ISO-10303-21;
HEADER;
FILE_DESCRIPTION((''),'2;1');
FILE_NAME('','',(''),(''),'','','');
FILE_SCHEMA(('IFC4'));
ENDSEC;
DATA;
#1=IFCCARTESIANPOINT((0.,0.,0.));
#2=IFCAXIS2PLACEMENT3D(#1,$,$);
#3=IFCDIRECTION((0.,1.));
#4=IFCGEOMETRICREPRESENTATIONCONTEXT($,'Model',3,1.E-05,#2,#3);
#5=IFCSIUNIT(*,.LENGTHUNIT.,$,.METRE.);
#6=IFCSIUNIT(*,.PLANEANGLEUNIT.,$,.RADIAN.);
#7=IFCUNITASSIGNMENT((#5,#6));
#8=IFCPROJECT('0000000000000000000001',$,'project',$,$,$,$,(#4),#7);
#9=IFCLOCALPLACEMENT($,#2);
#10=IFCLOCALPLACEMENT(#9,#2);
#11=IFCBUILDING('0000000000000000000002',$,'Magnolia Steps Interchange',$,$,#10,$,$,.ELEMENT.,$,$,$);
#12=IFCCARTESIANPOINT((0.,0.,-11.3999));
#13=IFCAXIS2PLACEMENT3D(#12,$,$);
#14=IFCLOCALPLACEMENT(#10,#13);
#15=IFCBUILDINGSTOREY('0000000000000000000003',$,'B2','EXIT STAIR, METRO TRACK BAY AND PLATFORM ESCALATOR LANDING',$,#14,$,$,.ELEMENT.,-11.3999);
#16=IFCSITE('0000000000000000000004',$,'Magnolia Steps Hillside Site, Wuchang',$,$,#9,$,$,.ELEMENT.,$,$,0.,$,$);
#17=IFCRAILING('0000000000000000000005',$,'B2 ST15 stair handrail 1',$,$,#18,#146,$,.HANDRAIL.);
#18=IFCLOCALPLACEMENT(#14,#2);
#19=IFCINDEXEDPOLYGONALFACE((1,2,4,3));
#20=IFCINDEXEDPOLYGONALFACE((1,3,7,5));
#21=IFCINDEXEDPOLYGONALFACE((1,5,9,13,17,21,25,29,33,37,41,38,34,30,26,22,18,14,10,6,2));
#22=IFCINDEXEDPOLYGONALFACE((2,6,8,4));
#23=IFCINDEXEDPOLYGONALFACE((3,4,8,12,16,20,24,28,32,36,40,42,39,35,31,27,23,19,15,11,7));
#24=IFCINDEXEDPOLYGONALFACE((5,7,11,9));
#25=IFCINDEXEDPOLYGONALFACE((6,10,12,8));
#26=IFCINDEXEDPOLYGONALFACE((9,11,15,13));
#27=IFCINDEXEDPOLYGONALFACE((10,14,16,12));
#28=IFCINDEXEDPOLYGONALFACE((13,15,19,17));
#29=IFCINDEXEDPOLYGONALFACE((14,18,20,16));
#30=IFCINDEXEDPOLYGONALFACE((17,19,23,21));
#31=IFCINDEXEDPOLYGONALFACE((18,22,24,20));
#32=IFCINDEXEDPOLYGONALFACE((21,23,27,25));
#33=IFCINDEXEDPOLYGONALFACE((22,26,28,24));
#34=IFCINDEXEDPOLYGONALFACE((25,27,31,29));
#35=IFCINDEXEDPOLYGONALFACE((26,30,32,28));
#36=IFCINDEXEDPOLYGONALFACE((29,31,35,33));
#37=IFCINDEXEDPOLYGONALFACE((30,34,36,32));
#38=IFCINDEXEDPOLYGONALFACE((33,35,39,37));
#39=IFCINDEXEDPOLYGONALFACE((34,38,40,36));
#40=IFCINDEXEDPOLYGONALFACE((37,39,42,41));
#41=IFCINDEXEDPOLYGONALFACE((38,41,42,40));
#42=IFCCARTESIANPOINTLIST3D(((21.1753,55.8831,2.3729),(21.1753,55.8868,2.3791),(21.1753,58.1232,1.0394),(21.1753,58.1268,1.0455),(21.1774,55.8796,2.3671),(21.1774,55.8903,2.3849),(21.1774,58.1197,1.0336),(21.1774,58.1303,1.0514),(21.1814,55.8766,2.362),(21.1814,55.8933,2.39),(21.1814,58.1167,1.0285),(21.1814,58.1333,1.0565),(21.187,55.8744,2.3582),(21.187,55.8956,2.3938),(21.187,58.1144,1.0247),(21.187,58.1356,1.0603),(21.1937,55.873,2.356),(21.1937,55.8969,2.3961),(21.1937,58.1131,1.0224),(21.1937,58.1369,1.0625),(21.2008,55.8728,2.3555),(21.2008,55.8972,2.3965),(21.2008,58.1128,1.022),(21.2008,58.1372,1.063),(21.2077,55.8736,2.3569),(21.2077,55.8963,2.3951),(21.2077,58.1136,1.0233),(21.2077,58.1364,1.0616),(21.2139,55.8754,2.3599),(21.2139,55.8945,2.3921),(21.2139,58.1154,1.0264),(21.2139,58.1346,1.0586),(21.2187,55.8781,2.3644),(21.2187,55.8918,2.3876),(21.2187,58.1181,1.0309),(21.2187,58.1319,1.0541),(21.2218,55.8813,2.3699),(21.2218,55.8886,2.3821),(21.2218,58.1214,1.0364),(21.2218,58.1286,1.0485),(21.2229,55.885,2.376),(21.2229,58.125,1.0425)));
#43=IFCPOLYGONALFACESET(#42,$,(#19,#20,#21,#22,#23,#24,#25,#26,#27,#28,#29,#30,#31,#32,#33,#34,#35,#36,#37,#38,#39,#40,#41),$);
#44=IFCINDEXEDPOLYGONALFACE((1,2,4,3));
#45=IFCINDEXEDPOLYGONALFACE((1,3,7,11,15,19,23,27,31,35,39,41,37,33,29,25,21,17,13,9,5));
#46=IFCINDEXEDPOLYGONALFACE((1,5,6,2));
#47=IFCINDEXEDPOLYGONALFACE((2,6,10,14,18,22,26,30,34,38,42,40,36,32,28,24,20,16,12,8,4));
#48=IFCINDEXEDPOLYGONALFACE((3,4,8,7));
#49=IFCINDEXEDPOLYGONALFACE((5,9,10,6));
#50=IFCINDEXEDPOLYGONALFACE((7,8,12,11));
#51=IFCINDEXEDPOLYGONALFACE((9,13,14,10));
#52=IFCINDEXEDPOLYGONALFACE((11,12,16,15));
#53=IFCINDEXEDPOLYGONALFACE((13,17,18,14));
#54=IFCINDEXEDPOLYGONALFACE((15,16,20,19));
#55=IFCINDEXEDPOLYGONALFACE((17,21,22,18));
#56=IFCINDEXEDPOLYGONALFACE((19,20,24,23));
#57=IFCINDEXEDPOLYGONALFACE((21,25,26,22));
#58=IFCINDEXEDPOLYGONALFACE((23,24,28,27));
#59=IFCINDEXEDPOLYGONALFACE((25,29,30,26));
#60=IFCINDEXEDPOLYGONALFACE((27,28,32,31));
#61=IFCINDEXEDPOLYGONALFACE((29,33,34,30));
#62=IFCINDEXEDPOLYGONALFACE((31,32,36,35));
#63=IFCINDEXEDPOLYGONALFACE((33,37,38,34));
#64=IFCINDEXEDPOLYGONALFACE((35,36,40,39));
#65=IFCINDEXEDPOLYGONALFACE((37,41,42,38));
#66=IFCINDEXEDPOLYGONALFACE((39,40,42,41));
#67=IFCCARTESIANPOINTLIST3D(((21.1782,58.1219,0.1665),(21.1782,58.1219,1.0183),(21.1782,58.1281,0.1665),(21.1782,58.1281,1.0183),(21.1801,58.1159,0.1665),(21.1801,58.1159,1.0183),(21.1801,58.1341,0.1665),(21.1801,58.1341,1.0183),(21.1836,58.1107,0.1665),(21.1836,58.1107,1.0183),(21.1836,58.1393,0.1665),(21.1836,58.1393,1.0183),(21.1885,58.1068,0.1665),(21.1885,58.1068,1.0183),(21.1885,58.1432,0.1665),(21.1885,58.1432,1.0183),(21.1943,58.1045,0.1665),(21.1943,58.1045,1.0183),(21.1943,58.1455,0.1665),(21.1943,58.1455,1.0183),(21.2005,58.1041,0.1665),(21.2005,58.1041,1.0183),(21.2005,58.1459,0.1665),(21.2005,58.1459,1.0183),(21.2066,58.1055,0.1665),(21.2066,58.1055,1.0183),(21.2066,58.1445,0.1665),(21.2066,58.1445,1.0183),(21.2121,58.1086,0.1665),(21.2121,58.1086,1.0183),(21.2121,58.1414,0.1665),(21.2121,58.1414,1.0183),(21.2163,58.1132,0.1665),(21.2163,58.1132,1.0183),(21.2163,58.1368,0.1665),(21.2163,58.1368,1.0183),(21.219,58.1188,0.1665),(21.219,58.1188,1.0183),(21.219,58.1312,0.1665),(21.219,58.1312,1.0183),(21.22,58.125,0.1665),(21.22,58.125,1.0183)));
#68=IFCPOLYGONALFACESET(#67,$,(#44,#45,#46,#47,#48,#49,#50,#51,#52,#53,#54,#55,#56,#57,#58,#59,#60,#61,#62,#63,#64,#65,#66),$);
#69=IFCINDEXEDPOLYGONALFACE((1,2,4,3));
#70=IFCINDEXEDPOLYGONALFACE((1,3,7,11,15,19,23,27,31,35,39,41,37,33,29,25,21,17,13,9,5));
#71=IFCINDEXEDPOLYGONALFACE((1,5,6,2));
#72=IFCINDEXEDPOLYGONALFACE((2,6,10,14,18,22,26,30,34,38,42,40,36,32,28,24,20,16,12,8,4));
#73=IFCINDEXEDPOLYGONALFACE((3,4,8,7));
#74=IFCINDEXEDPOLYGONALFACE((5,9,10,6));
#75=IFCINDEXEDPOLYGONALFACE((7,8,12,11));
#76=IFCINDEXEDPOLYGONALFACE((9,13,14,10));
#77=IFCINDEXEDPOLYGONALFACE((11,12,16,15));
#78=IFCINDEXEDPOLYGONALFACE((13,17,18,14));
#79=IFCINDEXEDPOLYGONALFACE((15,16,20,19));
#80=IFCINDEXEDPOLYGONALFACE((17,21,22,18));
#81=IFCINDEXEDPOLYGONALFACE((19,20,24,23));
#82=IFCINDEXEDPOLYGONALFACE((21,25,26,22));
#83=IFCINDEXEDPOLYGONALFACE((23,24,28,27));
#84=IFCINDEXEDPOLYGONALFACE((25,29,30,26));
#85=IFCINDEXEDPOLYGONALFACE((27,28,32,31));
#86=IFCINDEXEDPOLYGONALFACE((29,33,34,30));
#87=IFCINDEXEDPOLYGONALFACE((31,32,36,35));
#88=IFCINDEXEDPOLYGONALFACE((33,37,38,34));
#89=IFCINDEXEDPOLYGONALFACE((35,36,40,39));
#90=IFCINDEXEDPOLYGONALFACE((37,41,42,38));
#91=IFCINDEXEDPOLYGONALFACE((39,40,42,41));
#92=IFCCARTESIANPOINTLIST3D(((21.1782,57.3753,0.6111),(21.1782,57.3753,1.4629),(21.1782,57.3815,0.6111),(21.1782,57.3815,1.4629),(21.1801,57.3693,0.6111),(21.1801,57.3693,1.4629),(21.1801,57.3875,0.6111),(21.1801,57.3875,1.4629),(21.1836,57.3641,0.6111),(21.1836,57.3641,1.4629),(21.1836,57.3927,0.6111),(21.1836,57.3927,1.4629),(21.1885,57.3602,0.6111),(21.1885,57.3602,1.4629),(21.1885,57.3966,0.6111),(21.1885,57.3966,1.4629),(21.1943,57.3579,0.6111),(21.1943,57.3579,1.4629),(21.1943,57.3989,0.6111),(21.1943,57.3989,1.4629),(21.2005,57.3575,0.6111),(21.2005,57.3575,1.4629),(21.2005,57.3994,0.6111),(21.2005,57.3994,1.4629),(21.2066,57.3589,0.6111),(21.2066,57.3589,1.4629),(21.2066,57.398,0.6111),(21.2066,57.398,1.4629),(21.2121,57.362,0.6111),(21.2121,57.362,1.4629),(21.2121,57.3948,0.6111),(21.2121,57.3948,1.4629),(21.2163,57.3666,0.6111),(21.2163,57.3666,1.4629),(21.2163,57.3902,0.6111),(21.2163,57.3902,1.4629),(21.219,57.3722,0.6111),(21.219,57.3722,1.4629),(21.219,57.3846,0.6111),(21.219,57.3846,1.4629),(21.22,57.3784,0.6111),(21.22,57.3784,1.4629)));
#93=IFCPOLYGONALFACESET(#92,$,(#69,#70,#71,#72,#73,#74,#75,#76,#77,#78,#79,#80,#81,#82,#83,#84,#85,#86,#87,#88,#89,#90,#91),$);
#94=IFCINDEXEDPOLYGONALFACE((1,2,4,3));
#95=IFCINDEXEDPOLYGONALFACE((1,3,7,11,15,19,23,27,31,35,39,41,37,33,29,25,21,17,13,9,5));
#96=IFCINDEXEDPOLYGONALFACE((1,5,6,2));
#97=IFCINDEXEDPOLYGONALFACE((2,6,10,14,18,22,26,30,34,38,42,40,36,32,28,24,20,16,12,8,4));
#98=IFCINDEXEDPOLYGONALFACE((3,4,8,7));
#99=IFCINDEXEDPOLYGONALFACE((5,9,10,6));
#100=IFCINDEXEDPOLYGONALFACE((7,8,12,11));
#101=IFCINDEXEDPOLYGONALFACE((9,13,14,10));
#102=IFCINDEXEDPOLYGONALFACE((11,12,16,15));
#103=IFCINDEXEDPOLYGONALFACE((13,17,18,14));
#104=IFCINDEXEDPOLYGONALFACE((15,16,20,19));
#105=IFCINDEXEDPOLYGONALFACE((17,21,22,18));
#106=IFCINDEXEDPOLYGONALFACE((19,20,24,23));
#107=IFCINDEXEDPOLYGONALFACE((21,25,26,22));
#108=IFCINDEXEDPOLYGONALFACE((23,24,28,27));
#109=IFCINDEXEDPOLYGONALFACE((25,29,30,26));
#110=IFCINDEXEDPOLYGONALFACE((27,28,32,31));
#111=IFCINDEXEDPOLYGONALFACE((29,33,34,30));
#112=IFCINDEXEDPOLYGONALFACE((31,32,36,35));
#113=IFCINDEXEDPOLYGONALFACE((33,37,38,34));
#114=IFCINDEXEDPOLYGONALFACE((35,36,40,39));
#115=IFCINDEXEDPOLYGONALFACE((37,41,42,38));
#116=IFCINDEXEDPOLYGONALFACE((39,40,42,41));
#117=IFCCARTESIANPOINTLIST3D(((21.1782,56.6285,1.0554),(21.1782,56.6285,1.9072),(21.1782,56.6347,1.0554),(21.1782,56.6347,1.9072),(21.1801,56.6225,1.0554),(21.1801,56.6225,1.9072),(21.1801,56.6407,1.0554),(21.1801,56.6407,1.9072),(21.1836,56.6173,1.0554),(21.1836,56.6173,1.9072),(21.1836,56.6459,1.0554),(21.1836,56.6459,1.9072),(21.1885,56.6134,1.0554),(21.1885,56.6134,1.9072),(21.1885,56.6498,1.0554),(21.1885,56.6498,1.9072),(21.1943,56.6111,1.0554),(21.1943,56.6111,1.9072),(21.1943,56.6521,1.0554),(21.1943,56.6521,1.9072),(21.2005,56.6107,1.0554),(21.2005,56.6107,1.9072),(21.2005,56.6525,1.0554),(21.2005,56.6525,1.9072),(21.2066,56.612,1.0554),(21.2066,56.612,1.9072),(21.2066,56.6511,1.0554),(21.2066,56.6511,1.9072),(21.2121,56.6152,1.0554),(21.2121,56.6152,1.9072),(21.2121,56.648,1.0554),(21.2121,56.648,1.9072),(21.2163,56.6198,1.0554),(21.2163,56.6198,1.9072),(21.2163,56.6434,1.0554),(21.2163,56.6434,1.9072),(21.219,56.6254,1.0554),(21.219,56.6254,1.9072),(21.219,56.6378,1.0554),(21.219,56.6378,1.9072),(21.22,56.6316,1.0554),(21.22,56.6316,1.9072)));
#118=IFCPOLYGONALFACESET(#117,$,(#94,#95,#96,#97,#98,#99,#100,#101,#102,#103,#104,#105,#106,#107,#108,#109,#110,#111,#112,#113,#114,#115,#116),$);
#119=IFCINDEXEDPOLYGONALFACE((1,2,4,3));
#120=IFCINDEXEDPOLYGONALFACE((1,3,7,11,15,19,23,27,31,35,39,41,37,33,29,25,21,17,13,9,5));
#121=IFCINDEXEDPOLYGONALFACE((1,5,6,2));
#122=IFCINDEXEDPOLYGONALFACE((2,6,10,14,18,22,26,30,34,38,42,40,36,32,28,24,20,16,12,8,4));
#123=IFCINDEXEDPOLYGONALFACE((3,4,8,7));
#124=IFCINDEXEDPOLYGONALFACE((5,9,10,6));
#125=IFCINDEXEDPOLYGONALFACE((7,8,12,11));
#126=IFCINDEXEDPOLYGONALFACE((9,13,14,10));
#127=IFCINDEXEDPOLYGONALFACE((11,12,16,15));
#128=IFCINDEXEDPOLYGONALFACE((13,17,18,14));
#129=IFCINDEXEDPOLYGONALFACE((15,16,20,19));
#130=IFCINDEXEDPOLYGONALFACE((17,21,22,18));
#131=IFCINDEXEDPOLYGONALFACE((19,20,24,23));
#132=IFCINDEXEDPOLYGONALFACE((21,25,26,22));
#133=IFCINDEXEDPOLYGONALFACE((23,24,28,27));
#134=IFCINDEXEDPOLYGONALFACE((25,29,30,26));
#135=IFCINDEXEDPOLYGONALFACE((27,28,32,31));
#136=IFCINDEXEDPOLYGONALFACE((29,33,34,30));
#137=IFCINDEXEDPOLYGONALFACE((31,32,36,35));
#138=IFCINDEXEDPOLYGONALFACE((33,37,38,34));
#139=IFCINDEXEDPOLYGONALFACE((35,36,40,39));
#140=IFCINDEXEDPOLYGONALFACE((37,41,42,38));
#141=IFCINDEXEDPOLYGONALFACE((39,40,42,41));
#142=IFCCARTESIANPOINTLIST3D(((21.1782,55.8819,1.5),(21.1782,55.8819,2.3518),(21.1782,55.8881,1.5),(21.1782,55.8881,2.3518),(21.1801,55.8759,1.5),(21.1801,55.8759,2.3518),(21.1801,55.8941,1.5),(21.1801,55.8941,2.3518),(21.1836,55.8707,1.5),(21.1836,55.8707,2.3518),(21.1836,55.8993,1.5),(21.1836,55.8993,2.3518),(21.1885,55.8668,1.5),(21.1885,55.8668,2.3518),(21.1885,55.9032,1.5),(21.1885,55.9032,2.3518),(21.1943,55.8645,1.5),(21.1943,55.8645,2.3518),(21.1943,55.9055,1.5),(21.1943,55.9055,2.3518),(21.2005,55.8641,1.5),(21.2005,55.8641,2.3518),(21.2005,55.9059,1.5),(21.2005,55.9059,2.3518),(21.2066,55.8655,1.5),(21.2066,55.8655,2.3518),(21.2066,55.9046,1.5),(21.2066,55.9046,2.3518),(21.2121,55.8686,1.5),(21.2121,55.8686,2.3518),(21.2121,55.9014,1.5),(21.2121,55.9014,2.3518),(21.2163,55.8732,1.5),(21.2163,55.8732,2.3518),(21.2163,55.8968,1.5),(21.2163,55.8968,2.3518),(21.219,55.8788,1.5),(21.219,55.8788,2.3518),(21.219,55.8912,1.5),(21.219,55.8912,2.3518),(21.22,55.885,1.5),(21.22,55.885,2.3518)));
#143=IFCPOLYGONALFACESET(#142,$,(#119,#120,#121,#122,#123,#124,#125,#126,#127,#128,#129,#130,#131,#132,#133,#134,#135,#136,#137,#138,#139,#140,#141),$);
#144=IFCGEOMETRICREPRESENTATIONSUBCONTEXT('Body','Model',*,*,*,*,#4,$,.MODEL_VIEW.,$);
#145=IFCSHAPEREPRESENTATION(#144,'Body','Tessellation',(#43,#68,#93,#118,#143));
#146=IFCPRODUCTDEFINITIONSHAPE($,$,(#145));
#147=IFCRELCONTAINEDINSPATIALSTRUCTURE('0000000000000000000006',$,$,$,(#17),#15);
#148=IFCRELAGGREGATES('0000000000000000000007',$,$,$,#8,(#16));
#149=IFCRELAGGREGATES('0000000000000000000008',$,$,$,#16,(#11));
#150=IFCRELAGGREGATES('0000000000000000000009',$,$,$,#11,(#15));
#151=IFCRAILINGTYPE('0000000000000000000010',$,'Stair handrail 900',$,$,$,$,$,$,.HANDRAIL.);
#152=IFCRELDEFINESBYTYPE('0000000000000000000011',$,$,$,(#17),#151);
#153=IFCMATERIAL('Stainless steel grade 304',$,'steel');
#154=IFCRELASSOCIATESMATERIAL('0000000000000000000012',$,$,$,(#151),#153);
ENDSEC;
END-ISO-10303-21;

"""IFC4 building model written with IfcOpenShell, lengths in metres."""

from ifc_helpers import new_model, si_unit, direction, frame, origin, origin_2d, place, context, subcontext, project, spatial, circle, extrude, material, type_object, element, save


model = new_model("IFC4")

# Units and contexts
model_context = context("Model", 3, precision=1e-05, world=origin(), true_north=direction((0.0, 1.0)))
body_context = subcontext(model_context, "Body", "Model", "MODEL_VIEW")
ifc_project = project(units=[si_unit("LENGTHUNIT", "METRE"), si_unit("PLANEANGLEUNIT", "RADIAN")], contexts=[model_context])

# Site, building, storey
site_placement = place(None, origin())
site = spatial("IfcSite", under=ifc_project, at=site_placement, Name="Magnolia Steps Hillside Site, Wuchang", CompositionType="ELEMENT", RefElevation=0.0)
building_placement = place(site_placement, origin())
building = spatial("IfcBuilding", under=site, at=building_placement, Name="Magnolia Steps Interchange", CompositionType="ELEMENT")
storey_placement = place(building_placement, frame((0.0, 0.0, -11.3999)))
storey = spatial("IfcBuildingStorey", under=building, at=storey_placement, Name="B2", Description="EXIT STAIR, METRO TRACK BAY AND PLATFORM ESCALATOR LANDING", CompositionType="ELEMENT", Elevation=-11.3999)

# Railing
ifc_material_1 = material(Name="Stainless steel grade 304", Category="steel")
railing_type_1 = type_object("IfcRailingType", Name="Stair handrail 900", PredefinedType="HANDRAIL", material=ifc_material_1)
railing_1_placement = place(storey_placement, frame((21.199, 58.125, 0.1665)))
element("IfcRailing", 1, at=railing_1_placement, inside=storey, type_object=railing_type_1, Name="B2 ST15 stair handrail 1", PredefinedType="HANDRAIL", context=body_context, shape_type="SweptSolid", body=[
    extrude(circle(Radius=0.0239, at=origin_2d()), frame((0.0, 0.0, 0.876), z_axis=(0.0, -0.859264, 0.511532), x_axis=(1.0, 0.0, 0.0)), (0.0, 0.0, 1.0), 2.6069),
    extrude(circle(Radius=0.021, at=origin_2d()), origin(), (0.0, 0.0, 1.0), 0.8518),
    extrude(circle(Radius=0.021, at=origin_2d()), frame((0.0, -0.7466, 0.4446)), (0.0, 0.0, 1.0), 0.8518),
    extrude(circle(Radius=0.021, at=origin_2d()), frame((0.0, -1.4934, 0.8889)), (0.0, 0.0, 1.0), 0.8518),
    extrude(circle(Radius=0.021, at=origin_2d()), frame((0.0, -2.24, 1.3335)), (0.0, 0.0, 1.0), 0.8518),
])

save(model, "model.ifc")
